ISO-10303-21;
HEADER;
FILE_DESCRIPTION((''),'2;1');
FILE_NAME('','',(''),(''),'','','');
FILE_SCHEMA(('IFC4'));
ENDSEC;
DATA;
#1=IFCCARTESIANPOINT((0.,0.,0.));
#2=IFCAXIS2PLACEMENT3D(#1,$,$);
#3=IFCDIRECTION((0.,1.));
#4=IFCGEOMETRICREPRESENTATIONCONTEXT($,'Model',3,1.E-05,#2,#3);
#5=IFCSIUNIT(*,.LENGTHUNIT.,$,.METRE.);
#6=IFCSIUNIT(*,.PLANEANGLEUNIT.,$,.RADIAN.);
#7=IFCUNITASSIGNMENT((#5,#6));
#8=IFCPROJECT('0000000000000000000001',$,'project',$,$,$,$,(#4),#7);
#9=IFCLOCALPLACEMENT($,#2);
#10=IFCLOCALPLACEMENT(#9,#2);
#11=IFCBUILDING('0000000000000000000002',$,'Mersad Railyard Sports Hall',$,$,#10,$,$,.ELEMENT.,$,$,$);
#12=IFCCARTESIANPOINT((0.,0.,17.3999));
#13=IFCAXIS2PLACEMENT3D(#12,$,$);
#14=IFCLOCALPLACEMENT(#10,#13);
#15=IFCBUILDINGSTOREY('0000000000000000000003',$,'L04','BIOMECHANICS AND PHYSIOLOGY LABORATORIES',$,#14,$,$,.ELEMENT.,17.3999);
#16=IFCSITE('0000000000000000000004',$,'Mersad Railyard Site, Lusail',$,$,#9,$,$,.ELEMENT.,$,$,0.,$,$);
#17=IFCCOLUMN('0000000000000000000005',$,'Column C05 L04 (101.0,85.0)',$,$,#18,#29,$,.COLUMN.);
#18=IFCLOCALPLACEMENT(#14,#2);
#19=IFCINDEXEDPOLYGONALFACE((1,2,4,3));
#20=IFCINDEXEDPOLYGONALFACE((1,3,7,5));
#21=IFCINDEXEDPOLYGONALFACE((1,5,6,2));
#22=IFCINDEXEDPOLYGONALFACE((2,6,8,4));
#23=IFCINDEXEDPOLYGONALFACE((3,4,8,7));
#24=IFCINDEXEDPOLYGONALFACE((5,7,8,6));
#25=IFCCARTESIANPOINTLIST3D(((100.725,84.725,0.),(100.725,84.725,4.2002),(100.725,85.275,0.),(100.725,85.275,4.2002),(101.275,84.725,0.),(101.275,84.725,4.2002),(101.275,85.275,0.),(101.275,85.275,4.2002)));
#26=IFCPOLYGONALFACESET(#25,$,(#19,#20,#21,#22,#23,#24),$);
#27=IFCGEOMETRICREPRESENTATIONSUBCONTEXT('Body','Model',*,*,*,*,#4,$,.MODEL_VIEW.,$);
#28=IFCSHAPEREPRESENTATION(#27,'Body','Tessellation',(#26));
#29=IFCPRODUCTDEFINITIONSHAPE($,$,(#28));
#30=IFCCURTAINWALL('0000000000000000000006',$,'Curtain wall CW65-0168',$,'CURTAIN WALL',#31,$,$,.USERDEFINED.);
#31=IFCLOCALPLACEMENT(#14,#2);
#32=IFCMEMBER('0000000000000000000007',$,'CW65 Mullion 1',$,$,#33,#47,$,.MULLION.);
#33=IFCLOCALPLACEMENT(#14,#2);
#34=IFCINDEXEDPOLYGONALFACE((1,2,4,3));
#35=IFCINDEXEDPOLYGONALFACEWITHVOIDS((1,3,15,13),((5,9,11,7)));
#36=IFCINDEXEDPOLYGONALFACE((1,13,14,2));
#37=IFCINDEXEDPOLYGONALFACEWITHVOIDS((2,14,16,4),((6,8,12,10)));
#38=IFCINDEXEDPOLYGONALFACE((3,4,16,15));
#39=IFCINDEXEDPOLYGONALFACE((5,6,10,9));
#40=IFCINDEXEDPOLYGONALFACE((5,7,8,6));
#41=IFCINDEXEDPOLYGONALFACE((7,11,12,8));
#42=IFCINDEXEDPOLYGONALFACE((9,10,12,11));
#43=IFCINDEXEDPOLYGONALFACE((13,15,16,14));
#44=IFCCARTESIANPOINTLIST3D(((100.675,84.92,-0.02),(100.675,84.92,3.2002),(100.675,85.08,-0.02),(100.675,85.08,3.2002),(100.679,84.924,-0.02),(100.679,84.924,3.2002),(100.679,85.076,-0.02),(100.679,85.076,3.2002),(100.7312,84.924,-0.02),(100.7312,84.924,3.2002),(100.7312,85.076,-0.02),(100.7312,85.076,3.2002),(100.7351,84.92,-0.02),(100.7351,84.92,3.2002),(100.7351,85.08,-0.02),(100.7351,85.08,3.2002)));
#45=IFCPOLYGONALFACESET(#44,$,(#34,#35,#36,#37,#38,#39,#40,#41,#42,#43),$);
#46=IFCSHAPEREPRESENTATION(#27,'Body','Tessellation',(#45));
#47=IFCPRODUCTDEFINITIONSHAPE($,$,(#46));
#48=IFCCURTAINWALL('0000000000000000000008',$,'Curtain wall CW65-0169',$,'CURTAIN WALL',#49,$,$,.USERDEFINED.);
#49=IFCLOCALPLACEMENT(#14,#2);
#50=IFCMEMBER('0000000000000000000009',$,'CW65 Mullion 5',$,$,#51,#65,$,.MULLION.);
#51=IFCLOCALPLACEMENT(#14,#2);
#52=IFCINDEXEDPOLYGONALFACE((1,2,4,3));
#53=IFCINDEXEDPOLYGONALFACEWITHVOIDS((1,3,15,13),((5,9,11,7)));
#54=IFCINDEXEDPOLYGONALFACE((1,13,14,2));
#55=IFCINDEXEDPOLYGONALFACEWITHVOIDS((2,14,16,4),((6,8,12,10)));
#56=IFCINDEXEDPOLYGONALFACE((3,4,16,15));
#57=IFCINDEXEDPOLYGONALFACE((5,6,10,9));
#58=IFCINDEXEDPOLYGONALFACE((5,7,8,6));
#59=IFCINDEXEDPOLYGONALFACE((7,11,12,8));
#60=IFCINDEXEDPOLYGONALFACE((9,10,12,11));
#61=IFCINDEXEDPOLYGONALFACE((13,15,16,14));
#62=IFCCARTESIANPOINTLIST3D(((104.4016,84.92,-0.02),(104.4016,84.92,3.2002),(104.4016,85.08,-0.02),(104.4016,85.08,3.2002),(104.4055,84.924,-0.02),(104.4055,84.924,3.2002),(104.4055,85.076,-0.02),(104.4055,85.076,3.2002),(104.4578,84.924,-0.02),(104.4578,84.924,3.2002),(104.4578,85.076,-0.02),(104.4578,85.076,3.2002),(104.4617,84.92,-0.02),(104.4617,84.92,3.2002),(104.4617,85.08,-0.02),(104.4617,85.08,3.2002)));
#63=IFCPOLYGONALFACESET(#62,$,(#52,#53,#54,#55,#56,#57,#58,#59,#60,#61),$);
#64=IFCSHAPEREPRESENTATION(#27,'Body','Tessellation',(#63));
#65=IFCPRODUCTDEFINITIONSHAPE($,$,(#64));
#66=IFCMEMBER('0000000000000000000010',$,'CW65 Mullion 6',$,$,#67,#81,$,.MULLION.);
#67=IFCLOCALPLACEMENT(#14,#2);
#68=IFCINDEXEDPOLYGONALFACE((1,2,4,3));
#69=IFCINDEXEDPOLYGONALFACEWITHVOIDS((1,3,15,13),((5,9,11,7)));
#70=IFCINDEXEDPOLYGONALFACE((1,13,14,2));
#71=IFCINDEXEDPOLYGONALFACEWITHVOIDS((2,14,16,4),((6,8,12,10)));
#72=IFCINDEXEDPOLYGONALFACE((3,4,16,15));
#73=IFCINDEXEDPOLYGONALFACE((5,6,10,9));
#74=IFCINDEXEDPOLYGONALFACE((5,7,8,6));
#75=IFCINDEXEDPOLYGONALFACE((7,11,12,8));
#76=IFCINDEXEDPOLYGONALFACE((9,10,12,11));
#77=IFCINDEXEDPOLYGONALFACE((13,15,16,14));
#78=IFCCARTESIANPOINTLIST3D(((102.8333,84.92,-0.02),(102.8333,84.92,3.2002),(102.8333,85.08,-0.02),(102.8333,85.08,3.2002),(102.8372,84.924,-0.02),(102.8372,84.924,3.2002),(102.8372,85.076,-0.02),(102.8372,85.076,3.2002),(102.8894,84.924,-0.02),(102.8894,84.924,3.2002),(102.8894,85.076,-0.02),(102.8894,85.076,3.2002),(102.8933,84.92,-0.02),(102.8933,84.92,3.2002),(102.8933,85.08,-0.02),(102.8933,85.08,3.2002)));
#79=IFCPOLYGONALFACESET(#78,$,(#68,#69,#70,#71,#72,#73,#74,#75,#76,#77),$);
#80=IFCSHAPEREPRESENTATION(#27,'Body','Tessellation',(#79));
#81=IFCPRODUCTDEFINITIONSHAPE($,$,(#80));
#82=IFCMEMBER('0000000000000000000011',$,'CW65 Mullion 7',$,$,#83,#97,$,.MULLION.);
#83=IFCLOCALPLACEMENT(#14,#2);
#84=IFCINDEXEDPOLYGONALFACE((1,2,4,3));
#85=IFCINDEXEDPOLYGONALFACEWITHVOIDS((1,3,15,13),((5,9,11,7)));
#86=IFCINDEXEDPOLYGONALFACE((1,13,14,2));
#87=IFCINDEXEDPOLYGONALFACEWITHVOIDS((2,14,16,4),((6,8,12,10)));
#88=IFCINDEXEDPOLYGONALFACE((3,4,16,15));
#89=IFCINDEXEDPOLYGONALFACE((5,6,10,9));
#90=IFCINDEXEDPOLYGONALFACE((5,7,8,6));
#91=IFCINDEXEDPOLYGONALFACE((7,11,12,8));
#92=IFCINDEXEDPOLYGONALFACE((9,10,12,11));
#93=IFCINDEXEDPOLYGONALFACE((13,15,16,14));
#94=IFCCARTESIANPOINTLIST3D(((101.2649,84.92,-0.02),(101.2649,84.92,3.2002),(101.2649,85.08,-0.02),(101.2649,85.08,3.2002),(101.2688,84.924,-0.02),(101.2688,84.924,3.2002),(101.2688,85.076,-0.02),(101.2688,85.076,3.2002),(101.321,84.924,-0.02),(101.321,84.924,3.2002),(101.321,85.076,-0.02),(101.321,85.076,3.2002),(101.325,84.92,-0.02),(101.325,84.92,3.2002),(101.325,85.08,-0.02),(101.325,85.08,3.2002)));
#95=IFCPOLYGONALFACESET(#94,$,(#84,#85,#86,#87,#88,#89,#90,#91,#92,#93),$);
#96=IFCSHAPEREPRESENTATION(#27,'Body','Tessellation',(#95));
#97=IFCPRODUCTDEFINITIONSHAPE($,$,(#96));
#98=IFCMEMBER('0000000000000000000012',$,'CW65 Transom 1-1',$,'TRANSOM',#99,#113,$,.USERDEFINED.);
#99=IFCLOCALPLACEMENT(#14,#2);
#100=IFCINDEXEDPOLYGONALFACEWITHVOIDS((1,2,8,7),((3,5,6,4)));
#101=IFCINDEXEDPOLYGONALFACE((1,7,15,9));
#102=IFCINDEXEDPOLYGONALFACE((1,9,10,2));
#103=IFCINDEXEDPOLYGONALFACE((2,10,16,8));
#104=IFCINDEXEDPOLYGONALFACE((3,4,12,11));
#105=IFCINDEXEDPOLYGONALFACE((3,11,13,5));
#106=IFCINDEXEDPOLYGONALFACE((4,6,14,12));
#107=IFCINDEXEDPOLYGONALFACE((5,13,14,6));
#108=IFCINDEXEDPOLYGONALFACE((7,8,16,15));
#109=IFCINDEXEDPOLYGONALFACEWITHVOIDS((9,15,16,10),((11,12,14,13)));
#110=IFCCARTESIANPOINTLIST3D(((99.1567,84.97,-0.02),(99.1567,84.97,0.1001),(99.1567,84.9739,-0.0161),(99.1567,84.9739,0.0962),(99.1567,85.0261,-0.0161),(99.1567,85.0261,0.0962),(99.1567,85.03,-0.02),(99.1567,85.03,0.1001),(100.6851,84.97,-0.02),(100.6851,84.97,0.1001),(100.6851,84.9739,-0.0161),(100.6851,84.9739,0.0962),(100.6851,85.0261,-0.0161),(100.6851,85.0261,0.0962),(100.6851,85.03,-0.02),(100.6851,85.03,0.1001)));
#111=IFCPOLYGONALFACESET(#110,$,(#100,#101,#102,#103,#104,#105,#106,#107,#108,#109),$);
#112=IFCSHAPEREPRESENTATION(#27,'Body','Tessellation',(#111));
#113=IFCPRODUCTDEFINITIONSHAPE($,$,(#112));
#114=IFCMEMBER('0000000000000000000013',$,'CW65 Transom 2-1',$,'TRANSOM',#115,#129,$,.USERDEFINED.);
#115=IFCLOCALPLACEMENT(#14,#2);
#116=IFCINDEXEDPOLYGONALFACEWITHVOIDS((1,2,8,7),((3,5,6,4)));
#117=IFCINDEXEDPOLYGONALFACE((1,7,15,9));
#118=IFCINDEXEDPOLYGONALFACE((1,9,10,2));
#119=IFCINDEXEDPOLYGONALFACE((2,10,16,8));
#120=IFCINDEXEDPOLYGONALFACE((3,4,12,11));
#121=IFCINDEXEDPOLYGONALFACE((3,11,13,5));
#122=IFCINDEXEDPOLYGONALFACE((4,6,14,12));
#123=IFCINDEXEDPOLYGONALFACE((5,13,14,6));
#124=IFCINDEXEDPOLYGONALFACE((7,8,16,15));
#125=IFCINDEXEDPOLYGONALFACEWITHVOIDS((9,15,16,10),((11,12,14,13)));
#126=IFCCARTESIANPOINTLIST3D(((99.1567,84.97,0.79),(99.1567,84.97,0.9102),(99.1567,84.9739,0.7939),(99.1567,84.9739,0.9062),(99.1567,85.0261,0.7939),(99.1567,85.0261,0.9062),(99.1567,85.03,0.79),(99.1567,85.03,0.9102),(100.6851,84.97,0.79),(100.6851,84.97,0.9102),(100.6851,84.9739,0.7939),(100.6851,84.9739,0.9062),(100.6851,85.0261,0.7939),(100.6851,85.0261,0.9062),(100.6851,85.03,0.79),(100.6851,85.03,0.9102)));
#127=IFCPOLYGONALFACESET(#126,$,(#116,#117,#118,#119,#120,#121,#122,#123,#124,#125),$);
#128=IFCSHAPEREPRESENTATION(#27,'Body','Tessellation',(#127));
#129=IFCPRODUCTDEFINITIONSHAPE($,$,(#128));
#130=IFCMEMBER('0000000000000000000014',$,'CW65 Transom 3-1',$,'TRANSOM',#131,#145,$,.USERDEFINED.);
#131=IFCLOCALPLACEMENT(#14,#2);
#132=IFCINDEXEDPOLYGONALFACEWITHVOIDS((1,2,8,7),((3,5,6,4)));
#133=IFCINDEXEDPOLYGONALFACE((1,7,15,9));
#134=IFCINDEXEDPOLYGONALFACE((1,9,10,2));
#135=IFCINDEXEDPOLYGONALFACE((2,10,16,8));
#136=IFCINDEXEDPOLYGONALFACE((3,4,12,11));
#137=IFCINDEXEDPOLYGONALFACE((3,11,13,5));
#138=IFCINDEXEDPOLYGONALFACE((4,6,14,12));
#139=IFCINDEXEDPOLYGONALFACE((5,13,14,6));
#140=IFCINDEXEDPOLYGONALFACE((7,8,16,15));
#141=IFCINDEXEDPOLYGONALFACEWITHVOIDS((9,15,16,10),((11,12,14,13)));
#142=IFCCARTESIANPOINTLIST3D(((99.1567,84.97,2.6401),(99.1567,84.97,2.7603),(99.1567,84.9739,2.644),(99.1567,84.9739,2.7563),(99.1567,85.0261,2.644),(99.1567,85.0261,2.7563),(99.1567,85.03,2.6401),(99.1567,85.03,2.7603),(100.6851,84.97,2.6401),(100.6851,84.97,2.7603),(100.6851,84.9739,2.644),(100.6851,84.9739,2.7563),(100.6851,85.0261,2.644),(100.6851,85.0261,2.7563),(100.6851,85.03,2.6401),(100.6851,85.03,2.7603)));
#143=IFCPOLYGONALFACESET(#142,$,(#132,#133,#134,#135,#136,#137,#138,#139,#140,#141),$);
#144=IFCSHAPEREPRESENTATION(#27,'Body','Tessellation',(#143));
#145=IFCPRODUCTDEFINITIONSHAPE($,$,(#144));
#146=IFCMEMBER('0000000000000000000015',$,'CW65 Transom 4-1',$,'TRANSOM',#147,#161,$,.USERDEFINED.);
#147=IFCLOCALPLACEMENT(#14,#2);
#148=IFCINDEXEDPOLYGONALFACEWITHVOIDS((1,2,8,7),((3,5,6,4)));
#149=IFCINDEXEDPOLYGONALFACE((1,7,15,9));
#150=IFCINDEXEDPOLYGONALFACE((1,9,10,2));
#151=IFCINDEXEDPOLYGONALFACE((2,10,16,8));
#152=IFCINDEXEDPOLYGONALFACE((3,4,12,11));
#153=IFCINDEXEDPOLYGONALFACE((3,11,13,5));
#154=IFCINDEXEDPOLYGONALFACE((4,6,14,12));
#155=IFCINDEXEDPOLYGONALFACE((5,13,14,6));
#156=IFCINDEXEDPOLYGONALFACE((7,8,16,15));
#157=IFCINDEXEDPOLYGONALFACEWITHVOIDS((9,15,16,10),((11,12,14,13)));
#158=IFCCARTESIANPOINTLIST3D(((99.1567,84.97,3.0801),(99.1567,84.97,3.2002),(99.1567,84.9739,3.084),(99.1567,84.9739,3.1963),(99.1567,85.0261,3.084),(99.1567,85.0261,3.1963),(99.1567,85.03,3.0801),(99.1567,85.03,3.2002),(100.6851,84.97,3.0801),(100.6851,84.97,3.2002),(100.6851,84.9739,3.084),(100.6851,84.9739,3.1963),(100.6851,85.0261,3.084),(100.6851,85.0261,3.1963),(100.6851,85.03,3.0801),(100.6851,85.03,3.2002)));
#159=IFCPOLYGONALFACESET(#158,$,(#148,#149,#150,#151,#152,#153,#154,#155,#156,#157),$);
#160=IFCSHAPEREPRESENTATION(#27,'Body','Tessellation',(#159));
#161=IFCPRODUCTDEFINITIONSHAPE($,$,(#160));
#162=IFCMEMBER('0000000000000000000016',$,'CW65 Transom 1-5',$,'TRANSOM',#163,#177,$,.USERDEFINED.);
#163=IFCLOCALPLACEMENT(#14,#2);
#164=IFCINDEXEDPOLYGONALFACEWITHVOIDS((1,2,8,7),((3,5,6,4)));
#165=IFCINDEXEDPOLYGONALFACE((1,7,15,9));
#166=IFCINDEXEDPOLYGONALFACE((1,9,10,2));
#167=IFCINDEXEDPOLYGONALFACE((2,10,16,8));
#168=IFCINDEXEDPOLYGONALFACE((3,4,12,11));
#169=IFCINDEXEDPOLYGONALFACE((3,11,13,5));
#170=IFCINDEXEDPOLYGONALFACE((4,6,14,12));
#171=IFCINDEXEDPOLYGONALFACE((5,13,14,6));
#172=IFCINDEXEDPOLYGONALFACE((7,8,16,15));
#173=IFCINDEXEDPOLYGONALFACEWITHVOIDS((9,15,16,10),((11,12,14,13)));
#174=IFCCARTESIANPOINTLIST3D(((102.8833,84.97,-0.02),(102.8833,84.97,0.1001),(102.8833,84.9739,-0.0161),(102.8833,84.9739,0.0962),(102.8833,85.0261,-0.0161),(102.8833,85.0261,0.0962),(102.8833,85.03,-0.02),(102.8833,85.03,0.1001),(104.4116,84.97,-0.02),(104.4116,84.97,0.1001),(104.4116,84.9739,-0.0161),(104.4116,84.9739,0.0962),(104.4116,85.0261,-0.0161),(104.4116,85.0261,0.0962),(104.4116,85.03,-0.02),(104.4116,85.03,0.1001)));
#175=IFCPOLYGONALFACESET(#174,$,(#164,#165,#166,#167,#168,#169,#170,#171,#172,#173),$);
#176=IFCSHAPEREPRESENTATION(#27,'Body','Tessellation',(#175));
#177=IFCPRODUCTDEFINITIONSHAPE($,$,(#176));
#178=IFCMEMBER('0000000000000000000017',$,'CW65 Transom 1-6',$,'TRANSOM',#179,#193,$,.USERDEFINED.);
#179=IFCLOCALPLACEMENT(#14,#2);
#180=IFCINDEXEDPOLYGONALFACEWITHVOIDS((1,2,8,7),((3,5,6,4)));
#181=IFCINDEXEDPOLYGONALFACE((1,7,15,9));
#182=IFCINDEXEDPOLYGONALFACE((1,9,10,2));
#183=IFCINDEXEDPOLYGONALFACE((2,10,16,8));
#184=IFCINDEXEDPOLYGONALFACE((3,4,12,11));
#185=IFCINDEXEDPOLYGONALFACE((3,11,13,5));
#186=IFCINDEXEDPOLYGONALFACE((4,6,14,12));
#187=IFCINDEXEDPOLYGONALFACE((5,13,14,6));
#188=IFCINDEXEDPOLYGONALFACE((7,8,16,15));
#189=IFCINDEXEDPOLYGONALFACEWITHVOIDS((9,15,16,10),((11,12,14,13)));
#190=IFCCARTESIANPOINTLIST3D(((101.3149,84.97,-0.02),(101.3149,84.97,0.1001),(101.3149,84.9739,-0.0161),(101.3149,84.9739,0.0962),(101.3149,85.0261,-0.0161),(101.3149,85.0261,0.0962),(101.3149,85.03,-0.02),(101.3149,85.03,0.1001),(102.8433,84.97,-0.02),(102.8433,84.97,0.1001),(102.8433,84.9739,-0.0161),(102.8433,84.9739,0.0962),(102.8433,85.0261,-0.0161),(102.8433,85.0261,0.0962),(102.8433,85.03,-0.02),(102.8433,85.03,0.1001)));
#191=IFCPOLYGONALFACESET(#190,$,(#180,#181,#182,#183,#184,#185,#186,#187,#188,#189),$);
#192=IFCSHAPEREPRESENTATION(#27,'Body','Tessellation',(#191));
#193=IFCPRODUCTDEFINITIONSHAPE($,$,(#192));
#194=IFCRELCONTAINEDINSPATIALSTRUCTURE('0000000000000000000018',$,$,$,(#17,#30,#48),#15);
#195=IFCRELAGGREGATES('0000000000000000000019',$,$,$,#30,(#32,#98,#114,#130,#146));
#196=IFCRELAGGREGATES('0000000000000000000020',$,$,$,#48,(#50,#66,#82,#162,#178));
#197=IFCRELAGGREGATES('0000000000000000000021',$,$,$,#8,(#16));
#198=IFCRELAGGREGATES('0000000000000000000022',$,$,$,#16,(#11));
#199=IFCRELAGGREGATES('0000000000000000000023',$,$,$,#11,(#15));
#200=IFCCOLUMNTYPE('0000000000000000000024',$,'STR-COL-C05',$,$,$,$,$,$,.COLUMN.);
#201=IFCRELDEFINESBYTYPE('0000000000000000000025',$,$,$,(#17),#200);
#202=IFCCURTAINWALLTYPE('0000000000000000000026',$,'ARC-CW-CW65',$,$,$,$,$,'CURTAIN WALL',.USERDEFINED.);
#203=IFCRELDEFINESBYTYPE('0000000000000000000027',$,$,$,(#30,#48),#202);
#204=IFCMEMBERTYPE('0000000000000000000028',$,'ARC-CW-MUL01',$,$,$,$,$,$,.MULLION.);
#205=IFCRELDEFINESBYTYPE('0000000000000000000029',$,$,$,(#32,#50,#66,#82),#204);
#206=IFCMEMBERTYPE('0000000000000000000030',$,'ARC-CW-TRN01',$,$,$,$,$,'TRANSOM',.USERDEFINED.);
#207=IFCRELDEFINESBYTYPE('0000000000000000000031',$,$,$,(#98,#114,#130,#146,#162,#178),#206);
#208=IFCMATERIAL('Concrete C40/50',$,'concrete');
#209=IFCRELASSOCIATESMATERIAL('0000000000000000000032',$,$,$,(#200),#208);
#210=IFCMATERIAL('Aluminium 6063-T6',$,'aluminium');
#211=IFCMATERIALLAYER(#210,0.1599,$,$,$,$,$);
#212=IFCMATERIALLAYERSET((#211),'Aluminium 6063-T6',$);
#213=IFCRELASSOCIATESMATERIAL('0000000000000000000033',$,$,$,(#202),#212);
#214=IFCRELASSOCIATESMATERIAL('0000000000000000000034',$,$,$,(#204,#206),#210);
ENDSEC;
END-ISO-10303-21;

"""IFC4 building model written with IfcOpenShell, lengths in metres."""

from ifc_helpers import new_model, si_unit, direction, frame, origin, origin_2d, place, context, subcontext, project, spatial, rectangle, hollow_rectangle, extrude, material, layer, layer_set, material_profile, profile_set, type_object, element, aggregate, save


model = new_model("IFC4")

# Units and contexts
model_context = context("Model", 3, precision=1e-05, world=origin(), true_north=direction((0.0, 1.0)))
body_context = subcontext(model_context, "Body", "Model", "MODEL_VIEW")
ifc_project = project(units=[si_unit("LENGTHUNIT", "METRE"), si_unit("PLANEANGLEUNIT", "RADIAN")], contexts=[model_context])

# Site, building, storey
site_placement = place(None, origin())
site = spatial("IfcSite", under=ifc_project, at=site_placement, Name="Mersad Railyard Site, Lusail", CompositionType="ELEMENT", RefElevation=0.0)
building_placement = place(site_placement, origin())
building = spatial("IfcBuilding", under=site, at=building_placement, Name="Mersad Railyard Sports Hall", CompositionType="ELEMENT")
storey_placement = place(building_placement, frame((0.0, 0.0, 17.3999)))
storey = spatial("IfcBuildingStorey", under=building, at=storey_placement, Name="L04", Description="BIOMECHANICS AND PHYSIOLOGY LABORATORIES", CompositionType="ELEMENT", Elevation=17.3999)

# Column
ifc_material_1 = material(Name="Concrete C40/50", Category="concrete")
ifc_material_profile_1 = material_profile(ifc_material_1, rectangle(XDim=0.55, YDim=0.55, at=origin_2d()), Name="RC 550x550")
ifc_profile_set_1 = profile_set([ifc_material_profile_1], Name="Concrete C40/50")
column_type = type_object("IfcColumnType", Name="STR-COL-C05", PredefinedType="COLUMN", material=ifc_profile_set_1)
column_placement = place(storey_placement, frame((101.0, 85.0, 0.0), z_axis=(0.0, 0.0, 1.0), x_axis=(1.0, 0.0, 0.0)))
element("IfcColumn", 1, at=column_placement, inside=storey, type_object=column_type, Name="Column C05 L04 (101.0,85.0)", PredefinedType="COLUMN", context=body_context, shape_type="SweptSolid", body=[
    extrude(rectangle(XDim=0.55, YDim=0.55, at=origin_2d()), origin(), (0.0, 0.0, 1.0), 4.2002),
])

# Curtain wall, member
ifc_material_2 = material(Name="Aluminium 6063-T6", Category="aluminium")
ifc_layer_1 = layer(ifc_material_2, 0.1599)
ifc_layer_set_1 = layer_set([ifc_layer_1], Name="Aluminium 6063-T6")
curtain_wall_type = type_object("IfcCurtainWallType", Name="ARC-CW-CW65", ElementType="CURTAIN WALL", PredefinedType="USERDEFINED", material=ifc_layer_set_1)
curtain_wall_1_placement = place(storey_placement, origin())
curtain_wall_1 = element("IfcCurtainWall", 2, at=curtain_wall_1_placement, inside=storey, type_object=curtain_wall_type, Name="Curtain wall CW65-0168", ObjectType="CURTAIN WALL", PredefinedType="USERDEFINED")
ifc_material_profile_2 = material_profile(ifc_material_2, hollow_rectangle(XDim=0.0601, YDim=0.1599, WallThickness=0.0039, at=origin_2d()), Name="AL MULLION 60x160x4")
ifc_profile_set_2 = profile_set([ifc_material_profile_2], Name="Aluminium 6063-T6")
member_type_1 = type_object("IfcMemberType", Name="ARC-CW-MUL01", PredefinedType="MULLION", material=ifc_profile_set_2)
member_1_placement = place(storey_placement, frame((100.7051, 85.0, -0.02), z_axis=(0.0, 0.0, 1.0), x_axis=(1.0, 0.0, 0.0)))
member_1 = element("IfcMember", 3, at=member_1_placement, type_object=member_type_1, Name="CW65 Mullion 1", PredefinedType="MULLION", context=body_context, shape_type="SweptSolid", body=[
    extrude(hollow_rectangle(XDim=0.0601, YDim=0.1599, WallThickness=0.0039, at=origin_2d()), origin(), (0.0, 0.0, 1.0), 3.2202),
])

# Curtain wall, members
curtain_wall_2_placement = place(storey_placement, origin())
curtain_wall_2 = element("IfcCurtainWall", 4, at=curtain_wall_2_placement, inside=storey, type_object=curtain_wall_type, Name="Curtain wall CW65-0169", ObjectType="CURTAIN WALL", PredefinedType="USERDEFINED")
member_2_placement = place(storey_placement, frame((104.4316, 85.0, -0.02), z_axis=(0.0, 0.0, 1.0), x_axis=(1.0, 0.0, 0.0)))
member_2 = element("IfcMember", 5, at=member_2_placement, type_object=member_type_1, Name="CW65 Mullion 5", PredefinedType="MULLION", context=body_context, shape_type="SweptSolid", body=[
    extrude(hollow_rectangle(XDim=0.0601, YDim=0.1599, WallThickness=0.0039, at=origin_2d()), origin(), (0.0, 0.0, 1.0), 3.2202),
])
member_3_placement = place(storey_placement, frame((102.8633, 85.0, -0.02), z_axis=(0.0, 0.0, 1.0), x_axis=(1.0, 0.0, 0.0)))
member_3 = element("IfcMember", 6, at=member_3_placement, type_object=member_type_1, Name="CW65 Mullion 6", PredefinedType="MULLION", context=body_context, shape_type="SweptSolid", body=[
    extrude(hollow_rectangle(XDim=0.0601, YDim=0.1599, WallThickness=0.0039, at=origin_2d()), origin(), (0.0, 0.0, 1.0), 3.2202),
])
member_4_placement = place(storey_placement, frame((101.2949, 85.0, -0.02), z_axis=(0.0, 0.0, 1.0), x_axis=(1.0, 0.0, 0.0)))
member_4 = element("IfcMember", 7, at=member_4_placement, type_object=member_type_1, Name="CW65 Mullion 7", PredefinedType="MULLION", context=body_context, shape_type="SweptSolid", body=[
    extrude(hollow_rectangle(XDim=0.0601, YDim=0.1599, WallThickness=0.0039, at=origin_2d()), origin(), (0.0, 0.0, 1.0), 3.2202),
])

# Members
ifc_material_profile_3 = material_profile(ifc_material_2, hollow_rectangle(XDim=0.0601, YDim=0.1201, WallThickness=0.0039, at=origin_2d()), Name="AL TRANSOM 60x120x4")
ifc_profile_set_3 = profile_set([ifc_material_profile_3], Name="Aluminium 6063-T6")
member_type_2 = type_object("IfcMemberType", Name="ARC-CW-TRN01", ElementType="TRANSOM", PredefinedType="USERDEFINED", material=ifc_profile_set_3)
member_5_placement = place(storey_placement, frame((100.6851, 85.0, 0.04), z_axis=(-1.0, 0.0, 0.0), x_axis=(0.0, -1.0, 0.0)))
member_5 = element("IfcMember", 8, at=member_5_placement, type_object=member_type_2, Name="CW65 Transom 1-1", ObjectType="TRANSOM", PredefinedType="USERDEFINED", context=body_context, shape_type="SweptSolid", body=[
    extrude(hollow_rectangle(XDim=0.0601, YDim=0.1201, WallThickness=0.0039, at=origin_2d()), origin(), (0.0, 0.0, 1.0), 1.5283),
])
member_6_placement = place(storey_placement, frame((100.6851, 85.0, 0.8501), z_axis=(-1.0, 0.0, 0.0), x_axis=(0.0, -1.0, 0.0)))
member_6 = element("IfcMember", 9, at=member_6_placement, type_object=member_type_2, Name="CW65 Transom 2-1", ObjectType="TRANSOM", PredefinedType="USERDEFINED", context=body_context, shape_type="SweptSolid", body=[
    extrude(hollow_rectangle(XDim=0.0601, YDim=0.1201, WallThickness=0.0039, at=origin_2d()), origin(), (0.0, 0.0, 1.0), 1.5283),
])
member_7_placement = place(storey_placement, frame((100.6851, 85.0, 2.7002), z_axis=(-1.0, 0.0, 0.0), x_axis=(0.0, -1.0, 0.0)))
member_7 = element("IfcMember", 10, at=member_7_placement, type_object=member_type_2, Name="CW65 Transom 3-1", ObjectType="TRANSOM", PredefinedType="USERDEFINED", context=body_context, shape_type="SweptSolid", body=[
    extrude(hollow_rectangle(XDim=0.0601, YDim=0.1201, WallThickness=0.0039, at=origin_2d()), origin(), (0.0, 0.0, 1.0), 1.5283),
])
member_8_placement = place(storey_placement, frame((100.6851, 85.0, 3.1401), z_axis=(-1.0, 0.0, 0.0), x_axis=(0.0, -1.0, 0.0)))
member_8 = element("IfcMember", 11, at=member_8_placement, type_object=member_type_2, Name="CW65 Transom 4-1", ObjectType="TRANSOM", PredefinedType="USERDEFINED", context=body_context, shape_type="SweptSolid", body=[
    extrude(hollow_rectangle(XDim=0.0601, YDim=0.1201, WallThickness=0.0039, at=origin_2d()), origin(), (0.0, 0.0, 1.0), 1.5283),
])
member_9_placement = place(storey_placement, frame((104.4116, 85.0, 0.04), z_axis=(-1.0, 0.0, 0.0), x_axis=(0.0, -1.0, 0.0)))
member_9 = element("IfcMember", 12, at=member_9_placement, type_object=member_type_2, Name="CW65 Transom 1-5", ObjectType="TRANSOM", PredefinedType="USERDEFINED", context=body_context, shape_type="SweptSolid", body=[
    extrude(hollow_rectangle(XDim=0.0601, YDim=0.1201, WallThickness=0.0039, at=origin_2d()), origin(), (0.0, 0.0, 1.0), 1.5283),
])
member_10_placement = place(storey_placement, frame((102.8433, 85.0, 0.04), z_axis=(-1.0, 0.0, 0.0), x_axis=(0.0, -1.0, 0.0)))
member_10 = element("IfcMember", 13, at=member_10_placement, type_object=member_type_2, Name="CW65 Transom 1-6", ObjectType="TRANSOM", PredefinedType="USERDEFINED", context=body_context, shape_type="SweptSolid", body=[
    extrude(hollow_rectangle(XDim=0.0601, YDim=0.1201, WallThickness=0.0039, at=origin_2d()), origin(), (0.0, 0.0, 1.0), 1.5283),
])

aggregate(curtain_wall_1, [member_1, member_5, member_6, member_7, member_8])
aggregate(curtain_wall_2, [member_2, member_3, member_4, member_9, member_10])

save(model, "model.ifc")
